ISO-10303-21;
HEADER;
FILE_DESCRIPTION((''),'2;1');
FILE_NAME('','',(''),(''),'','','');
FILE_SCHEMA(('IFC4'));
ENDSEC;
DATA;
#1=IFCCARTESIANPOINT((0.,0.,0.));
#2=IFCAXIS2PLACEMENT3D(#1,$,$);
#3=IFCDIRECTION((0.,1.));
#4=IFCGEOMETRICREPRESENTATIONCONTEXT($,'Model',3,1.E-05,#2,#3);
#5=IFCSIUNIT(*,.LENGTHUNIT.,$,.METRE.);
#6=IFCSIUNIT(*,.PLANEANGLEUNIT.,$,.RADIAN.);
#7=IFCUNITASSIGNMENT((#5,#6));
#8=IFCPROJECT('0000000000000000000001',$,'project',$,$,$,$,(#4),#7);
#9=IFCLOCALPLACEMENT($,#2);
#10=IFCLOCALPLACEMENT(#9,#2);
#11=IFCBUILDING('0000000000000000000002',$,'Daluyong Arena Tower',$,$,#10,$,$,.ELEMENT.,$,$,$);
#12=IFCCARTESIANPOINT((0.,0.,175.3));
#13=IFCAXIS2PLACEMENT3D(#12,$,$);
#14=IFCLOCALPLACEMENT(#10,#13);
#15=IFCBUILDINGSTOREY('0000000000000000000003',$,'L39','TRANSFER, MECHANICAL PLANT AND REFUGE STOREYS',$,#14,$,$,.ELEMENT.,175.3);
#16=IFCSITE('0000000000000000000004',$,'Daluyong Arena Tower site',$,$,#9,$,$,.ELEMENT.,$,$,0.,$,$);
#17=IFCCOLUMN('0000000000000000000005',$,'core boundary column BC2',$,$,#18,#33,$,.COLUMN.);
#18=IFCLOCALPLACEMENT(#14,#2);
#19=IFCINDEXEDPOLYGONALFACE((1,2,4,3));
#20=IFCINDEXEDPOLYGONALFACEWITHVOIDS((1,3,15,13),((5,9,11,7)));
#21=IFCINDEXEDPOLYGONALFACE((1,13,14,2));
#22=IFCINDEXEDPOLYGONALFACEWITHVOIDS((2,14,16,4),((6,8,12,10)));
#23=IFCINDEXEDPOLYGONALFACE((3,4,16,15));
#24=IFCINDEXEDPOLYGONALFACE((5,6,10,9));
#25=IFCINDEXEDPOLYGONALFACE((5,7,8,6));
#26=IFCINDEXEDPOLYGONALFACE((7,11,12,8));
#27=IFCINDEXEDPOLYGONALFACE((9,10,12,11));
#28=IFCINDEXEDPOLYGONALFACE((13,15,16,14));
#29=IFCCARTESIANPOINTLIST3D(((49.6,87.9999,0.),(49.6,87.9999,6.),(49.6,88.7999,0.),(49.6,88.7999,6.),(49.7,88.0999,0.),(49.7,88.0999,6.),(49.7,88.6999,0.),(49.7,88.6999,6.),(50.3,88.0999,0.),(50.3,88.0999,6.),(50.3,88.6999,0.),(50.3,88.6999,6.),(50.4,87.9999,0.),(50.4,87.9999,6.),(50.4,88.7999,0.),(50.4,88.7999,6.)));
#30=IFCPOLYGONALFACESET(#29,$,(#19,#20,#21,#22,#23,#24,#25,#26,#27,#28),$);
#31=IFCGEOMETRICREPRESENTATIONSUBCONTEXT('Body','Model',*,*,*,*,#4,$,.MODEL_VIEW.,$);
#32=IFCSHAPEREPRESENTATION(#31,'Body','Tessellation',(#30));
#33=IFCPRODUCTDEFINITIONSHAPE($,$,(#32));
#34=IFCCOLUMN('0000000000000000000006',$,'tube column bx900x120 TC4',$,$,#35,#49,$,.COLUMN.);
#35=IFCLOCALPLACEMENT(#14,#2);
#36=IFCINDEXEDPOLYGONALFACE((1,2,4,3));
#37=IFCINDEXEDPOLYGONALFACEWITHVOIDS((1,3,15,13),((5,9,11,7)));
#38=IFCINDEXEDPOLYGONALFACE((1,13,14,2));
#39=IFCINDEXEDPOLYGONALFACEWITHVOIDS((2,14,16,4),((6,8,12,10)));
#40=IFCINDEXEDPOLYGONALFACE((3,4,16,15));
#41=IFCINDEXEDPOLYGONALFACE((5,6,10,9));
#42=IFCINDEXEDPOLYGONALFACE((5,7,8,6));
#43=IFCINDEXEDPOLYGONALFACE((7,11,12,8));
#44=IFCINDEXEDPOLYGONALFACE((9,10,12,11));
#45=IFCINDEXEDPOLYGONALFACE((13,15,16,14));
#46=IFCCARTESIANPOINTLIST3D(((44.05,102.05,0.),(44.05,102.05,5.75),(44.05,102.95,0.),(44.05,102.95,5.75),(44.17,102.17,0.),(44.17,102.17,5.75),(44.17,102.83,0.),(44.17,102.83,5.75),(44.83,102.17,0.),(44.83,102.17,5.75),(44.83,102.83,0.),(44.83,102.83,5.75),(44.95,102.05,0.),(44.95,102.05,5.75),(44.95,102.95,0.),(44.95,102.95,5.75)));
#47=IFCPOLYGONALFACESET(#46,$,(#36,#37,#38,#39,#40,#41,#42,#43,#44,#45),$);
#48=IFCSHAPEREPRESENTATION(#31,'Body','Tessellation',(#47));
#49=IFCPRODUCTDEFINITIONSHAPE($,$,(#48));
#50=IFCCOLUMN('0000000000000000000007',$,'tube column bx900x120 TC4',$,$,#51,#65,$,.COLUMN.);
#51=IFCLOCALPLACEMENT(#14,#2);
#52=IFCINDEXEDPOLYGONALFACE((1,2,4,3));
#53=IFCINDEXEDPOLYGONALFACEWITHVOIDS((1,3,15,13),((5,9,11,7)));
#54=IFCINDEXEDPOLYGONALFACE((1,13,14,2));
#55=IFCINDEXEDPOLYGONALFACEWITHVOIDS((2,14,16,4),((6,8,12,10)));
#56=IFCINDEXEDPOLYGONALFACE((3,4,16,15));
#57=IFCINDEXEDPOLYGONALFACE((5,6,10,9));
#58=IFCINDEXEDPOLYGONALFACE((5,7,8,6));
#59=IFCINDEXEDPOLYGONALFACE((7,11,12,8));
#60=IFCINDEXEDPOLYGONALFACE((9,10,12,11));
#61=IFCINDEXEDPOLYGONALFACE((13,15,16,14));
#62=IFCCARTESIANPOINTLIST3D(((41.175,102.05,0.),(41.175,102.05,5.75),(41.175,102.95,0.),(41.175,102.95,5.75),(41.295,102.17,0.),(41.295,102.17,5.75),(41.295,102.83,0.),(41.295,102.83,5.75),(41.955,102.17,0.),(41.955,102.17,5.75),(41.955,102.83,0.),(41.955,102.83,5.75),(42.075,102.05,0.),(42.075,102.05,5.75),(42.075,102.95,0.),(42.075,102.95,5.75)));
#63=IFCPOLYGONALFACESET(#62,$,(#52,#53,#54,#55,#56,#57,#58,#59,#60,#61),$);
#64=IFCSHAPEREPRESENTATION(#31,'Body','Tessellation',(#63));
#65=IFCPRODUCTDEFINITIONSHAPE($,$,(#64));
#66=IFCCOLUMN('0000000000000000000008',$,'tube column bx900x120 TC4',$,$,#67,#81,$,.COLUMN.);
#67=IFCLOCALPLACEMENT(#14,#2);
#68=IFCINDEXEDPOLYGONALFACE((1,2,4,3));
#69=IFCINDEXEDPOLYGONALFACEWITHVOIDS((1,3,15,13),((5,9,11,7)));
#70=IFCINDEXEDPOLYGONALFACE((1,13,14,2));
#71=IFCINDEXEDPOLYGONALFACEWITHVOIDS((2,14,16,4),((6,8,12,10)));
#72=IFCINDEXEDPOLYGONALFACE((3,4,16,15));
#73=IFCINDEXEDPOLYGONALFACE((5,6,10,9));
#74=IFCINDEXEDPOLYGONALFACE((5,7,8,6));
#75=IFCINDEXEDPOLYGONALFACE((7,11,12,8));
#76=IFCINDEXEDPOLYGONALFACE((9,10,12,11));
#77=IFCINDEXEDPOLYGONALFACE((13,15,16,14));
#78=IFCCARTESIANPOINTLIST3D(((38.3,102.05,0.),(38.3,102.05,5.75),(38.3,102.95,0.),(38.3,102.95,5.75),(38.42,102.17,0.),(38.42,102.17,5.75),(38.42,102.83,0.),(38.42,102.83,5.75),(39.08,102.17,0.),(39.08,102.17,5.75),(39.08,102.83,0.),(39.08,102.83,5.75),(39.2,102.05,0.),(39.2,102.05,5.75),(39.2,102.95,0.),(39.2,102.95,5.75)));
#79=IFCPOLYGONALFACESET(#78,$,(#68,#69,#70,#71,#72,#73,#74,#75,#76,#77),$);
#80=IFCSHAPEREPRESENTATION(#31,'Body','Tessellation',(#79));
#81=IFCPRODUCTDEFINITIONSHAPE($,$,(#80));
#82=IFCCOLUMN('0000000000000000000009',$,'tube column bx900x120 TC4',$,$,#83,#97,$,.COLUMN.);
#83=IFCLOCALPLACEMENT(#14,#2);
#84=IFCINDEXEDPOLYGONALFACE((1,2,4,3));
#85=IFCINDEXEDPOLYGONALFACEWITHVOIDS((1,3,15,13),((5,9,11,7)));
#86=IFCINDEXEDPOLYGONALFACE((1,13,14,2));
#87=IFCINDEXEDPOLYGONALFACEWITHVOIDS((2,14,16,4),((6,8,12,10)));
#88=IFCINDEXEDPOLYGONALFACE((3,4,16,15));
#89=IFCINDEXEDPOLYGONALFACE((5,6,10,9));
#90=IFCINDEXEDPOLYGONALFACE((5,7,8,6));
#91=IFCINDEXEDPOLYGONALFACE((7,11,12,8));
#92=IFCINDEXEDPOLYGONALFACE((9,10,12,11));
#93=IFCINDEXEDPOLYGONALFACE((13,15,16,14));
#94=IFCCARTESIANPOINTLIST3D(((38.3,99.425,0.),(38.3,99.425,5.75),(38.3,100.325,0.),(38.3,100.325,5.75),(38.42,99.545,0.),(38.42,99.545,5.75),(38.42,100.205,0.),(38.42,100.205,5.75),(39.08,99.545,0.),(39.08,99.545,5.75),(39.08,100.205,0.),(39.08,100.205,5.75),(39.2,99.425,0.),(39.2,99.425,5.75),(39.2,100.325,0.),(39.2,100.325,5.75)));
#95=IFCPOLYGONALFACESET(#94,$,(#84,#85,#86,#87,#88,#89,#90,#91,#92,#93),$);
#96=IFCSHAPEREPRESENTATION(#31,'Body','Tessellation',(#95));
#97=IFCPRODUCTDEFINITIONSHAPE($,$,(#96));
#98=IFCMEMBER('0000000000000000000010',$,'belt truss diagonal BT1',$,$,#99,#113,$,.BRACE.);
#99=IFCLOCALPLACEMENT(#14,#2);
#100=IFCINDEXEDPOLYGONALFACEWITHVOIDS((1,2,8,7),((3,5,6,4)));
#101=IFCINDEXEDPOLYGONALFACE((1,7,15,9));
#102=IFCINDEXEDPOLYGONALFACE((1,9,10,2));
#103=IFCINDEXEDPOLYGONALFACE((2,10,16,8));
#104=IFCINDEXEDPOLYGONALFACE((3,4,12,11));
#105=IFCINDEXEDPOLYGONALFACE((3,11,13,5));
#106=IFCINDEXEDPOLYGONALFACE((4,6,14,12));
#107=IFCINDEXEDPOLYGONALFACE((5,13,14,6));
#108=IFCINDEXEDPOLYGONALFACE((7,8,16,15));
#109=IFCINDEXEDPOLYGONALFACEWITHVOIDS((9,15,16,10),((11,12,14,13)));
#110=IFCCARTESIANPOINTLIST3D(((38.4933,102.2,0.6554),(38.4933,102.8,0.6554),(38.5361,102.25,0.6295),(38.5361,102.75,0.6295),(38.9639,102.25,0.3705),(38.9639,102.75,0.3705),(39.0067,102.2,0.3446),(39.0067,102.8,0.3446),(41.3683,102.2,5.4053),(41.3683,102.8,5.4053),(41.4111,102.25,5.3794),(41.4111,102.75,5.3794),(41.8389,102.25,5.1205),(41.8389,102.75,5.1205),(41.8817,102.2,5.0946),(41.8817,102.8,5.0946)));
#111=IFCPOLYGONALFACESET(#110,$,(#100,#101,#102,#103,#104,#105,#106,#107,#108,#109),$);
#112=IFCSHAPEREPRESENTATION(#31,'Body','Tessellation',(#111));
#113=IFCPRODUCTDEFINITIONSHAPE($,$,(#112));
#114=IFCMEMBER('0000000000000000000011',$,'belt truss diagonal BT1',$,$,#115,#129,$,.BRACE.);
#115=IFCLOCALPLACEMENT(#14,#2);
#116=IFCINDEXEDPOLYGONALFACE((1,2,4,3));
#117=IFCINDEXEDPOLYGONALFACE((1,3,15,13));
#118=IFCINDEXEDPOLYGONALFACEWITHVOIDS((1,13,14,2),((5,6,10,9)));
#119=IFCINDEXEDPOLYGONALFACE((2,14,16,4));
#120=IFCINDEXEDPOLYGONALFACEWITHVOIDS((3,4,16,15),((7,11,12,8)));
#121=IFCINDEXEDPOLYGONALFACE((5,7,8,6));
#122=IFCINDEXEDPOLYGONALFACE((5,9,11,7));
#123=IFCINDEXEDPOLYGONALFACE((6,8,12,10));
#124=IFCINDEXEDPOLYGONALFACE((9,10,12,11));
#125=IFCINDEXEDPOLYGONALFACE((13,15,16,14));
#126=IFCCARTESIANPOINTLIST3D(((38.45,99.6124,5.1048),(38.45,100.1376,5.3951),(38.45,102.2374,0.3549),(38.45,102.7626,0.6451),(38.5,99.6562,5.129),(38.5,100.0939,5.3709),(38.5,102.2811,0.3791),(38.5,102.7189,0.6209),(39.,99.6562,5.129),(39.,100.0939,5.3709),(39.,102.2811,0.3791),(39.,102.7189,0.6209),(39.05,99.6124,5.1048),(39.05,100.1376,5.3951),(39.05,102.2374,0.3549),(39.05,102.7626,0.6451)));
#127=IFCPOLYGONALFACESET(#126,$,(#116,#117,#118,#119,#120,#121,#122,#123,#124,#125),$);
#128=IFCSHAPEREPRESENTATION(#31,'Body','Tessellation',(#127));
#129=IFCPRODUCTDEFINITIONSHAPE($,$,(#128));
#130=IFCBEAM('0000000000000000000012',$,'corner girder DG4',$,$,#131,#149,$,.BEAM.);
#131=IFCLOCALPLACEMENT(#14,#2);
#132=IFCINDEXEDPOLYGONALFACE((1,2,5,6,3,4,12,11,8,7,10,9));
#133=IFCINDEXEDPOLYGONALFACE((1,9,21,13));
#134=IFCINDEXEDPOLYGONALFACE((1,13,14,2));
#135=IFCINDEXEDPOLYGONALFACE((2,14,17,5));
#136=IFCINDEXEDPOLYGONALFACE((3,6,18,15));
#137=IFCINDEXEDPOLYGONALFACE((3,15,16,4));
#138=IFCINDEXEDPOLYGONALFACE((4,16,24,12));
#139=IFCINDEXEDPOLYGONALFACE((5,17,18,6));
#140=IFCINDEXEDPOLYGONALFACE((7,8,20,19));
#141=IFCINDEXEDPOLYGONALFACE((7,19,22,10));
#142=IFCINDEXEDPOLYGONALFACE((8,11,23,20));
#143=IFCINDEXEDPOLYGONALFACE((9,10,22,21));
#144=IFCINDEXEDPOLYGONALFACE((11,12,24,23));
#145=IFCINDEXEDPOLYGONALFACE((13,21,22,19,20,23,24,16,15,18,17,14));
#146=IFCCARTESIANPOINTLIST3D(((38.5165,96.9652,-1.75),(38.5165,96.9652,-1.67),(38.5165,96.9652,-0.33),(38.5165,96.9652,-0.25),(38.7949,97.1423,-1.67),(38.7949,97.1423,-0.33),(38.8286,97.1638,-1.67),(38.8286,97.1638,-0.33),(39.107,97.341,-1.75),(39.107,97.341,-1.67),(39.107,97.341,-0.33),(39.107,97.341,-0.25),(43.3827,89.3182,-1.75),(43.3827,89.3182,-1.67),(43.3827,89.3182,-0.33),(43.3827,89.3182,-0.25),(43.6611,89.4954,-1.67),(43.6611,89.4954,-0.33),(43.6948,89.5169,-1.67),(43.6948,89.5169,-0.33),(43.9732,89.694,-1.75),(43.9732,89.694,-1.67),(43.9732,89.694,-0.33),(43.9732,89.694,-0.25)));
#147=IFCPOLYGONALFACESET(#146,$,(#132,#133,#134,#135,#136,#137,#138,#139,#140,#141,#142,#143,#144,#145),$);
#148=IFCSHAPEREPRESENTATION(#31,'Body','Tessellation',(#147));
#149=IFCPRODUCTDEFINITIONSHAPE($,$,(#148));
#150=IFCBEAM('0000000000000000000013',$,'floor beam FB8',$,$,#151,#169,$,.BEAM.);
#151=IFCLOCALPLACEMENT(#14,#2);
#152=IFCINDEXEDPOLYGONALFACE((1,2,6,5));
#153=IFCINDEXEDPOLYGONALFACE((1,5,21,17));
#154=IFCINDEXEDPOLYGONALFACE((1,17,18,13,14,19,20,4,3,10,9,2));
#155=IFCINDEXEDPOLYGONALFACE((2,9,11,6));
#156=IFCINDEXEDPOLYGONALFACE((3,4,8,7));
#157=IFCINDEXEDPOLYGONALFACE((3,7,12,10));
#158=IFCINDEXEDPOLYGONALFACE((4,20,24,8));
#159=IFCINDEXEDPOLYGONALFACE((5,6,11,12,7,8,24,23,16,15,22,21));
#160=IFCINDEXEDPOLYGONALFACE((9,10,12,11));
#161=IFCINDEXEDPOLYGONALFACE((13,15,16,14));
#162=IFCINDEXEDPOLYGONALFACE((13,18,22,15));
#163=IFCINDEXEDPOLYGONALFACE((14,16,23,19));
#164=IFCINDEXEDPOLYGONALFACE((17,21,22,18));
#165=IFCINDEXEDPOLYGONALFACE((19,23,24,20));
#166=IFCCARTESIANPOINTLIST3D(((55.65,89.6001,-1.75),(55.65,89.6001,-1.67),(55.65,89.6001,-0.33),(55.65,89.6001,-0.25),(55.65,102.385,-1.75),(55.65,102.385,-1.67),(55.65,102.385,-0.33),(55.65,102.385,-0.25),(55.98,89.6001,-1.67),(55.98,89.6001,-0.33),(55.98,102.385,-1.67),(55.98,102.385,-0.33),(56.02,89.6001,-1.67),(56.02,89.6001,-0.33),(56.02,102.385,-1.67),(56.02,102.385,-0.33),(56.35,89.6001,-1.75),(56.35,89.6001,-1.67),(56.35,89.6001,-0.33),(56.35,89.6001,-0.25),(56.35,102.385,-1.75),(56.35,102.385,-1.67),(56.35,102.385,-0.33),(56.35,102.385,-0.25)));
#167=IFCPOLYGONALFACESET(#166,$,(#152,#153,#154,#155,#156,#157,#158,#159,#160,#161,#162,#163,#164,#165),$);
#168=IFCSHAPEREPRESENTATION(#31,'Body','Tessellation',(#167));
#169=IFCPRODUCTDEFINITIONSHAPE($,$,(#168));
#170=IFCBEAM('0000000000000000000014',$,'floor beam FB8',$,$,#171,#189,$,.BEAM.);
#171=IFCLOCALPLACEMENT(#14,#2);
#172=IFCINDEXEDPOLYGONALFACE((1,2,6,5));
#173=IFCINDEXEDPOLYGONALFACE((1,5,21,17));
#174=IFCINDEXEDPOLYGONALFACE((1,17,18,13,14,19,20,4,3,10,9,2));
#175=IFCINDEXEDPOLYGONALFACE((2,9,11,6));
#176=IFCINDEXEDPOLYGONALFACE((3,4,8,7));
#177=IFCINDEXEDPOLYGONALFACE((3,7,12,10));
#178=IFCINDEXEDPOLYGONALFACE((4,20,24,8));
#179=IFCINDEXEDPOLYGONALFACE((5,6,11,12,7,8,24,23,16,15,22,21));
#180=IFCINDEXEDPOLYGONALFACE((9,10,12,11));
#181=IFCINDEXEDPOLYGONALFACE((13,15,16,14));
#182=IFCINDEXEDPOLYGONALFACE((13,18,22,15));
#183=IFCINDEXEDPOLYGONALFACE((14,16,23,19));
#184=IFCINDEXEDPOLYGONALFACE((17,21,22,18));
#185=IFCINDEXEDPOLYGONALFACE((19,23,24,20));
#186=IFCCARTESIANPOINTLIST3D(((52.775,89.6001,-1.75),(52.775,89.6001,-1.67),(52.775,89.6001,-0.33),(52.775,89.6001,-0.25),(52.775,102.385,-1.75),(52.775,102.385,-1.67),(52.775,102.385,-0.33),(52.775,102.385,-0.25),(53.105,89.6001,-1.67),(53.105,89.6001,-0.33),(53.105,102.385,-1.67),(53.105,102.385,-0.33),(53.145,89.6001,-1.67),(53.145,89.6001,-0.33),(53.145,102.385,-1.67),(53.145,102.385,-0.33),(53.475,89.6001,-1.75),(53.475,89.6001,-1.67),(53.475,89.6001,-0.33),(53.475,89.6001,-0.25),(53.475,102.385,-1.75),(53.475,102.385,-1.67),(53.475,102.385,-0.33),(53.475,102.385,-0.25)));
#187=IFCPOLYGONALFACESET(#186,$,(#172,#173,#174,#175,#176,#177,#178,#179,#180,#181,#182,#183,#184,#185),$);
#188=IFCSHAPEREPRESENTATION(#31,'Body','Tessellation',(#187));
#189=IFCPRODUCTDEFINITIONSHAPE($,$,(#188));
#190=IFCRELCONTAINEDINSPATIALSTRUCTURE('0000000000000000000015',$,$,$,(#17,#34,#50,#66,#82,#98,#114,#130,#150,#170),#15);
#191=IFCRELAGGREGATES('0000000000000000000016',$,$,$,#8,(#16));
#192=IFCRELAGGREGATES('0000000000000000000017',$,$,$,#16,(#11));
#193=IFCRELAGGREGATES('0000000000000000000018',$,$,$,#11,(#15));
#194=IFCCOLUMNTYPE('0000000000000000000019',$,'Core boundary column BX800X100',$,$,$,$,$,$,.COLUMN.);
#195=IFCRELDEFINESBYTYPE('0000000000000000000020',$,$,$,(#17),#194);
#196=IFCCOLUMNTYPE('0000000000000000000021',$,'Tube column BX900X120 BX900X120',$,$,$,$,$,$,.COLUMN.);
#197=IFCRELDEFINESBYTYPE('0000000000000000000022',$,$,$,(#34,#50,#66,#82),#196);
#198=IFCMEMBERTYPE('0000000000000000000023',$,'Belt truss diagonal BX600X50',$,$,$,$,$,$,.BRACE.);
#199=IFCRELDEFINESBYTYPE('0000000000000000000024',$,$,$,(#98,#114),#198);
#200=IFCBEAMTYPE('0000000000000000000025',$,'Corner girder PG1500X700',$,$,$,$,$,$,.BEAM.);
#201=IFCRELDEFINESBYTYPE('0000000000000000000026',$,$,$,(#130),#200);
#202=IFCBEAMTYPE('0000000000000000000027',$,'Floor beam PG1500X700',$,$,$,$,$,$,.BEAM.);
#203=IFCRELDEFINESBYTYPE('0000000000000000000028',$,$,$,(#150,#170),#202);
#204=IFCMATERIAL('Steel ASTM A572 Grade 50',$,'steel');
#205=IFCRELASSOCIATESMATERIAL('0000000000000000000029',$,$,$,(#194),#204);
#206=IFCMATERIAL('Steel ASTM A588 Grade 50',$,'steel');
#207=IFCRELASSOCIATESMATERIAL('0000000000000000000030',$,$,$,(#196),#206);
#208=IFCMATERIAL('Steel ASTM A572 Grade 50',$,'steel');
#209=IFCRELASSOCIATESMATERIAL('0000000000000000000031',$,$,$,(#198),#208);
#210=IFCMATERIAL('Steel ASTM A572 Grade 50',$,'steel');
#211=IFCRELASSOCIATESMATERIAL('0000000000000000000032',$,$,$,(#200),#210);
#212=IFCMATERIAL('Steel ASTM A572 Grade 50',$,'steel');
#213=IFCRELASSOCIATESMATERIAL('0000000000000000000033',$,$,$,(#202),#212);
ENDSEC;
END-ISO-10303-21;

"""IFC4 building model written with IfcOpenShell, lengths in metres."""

from ifc_helpers import new_model, si_unit, direction, frame, origin, origin_2d, place, context, subcontext, project, spatial, hollow_rectangle, i_section, extrude, material, material_profile, profile_set, type_object, element, save


model = new_model("IFC4")

# Units and contexts
model_context = context("Model", 3, precision=1e-05, world=origin(), true_north=direction((0.0, 1.0)))
body_context = subcontext(model_context, "Body", "Model", "MODEL_VIEW")
ifc_project = project(units=[si_unit("LENGTHUNIT", "METRE"), si_unit("PLANEANGLEUNIT", "RADIAN")], contexts=[model_context])

# Site, building, storey
site_placement = place(None, origin())
site = spatial("IfcSite", under=ifc_project, at=site_placement, Name="Daluyong Arena Tower site", CompositionType="ELEMENT", RefElevation=0.0)
building_placement = place(site_placement, origin())
building = spatial("IfcBuilding", under=site, at=building_placement, Name="Daluyong Arena Tower", CompositionType="ELEMENT")
storey_placement = place(building_placement, frame((0.0, 0.0, 175.3)))
storey = spatial("IfcBuildingStorey", under=building, at=storey_placement, Name="L39", Description="TRANSFER, MECHANICAL PLANT AND REFUGE STOREYS", CompositionType="ELEMENT", Elevation=175.3)

# Columns
ifc_material_1 = material(Name="Steel ASTM A572 Grade 50", Category="steel")
ifc_material_profile_1 = material_profile(ifc_material_1, hollow_rectangle(XDim=0.8, YDim=0.8, WallThickness=0.1, at=origin_2d()))
ifc_profile_set_1 = profile_set([ifc_material_profile_1], Name="Steel ASTM A572 Grade 50")
column_type_1 = type_object("IfcColumnType", Name="Core boundary column BX800X100", PredefinedType="COLUMN", material=ifc_profile_set_1)
column_placement = place(storey_placement, frame((50.0, 88.3999, 0.0), z_axis=(0.0, 0.0, 1.0), x_axis=(1.0, 0.0, 0.0)))
element("IfcColumn", 1, at=column_placement, inside=storey, type_object=column_type_1, Name="core boundary column BC2", PredefinedType="COLUMN", context=body_context, shape_type="SweptSolid", body=[
    extrude(hollow_rectangle(XDim=0.8, YDim=0.8, WallThickness=0.1, at=origin_2d()), origin(), (0.0, 0.0, 1.0), 6.0),
])
ifc_material_2 = material(Name="Steel ASTM A588 Grade 50", Category="steel")
ifc_material_profile_2 = material_profile(ifc_material_2, hollow_rectangle(XDim=0.8999, YDim=0.8999, WallThickness=0.12, at=origin_2d()))
ifc_profile_set_2 = profile_set([ifc_material_profile_2], Name="Steel ASTM A588 Grade 50")
column_type_2 = type_object("IfcColumnType", Name="Tube column BX900X120 BX900X120", PredefinedType="COLUMN", material=ifc_profile_set_2)
for number, where, z_axis, x_axis, name in (
    (2, (44.5, 102.5, 0.0), (0.0, 0.0, 1.0), (1.0, 0.0, 0.0), "tube column bx900x120 TC4"),
    (3, (41.625, 102.5, 0.0), (0.0, 0.0, 1.0), (1.0, 0.0, 0.0), "tube column bx900x120 TC4"),
    (4, (38.75, 102.5, 0.0), (0.0, 0.0, 1.0), (0.0, 1.0, 0.0), "tube column bx900x120 TC4"),
    (5, (38.75, 99.875, 0.0), (0.0, 0.0, 1.0), (0.0, 1.0, 0.0), "tube column bx900x120 TC4"),
):
    element("IfcColumn", number, at=place(storey_placement, frame(where, z_axis=z_axis, x_axis=x_axis)), inside=storey, type_object=column_type_2, Name=name, PredefinedType="COLUMN", context=body_context, shape_type="SweptSolid", body=[
        extrude(hollow_rectangle(XDim=0.8999, YDim=0.8999, WallThickness=0.12, at=origin_2d()), origin(), (0.0, 0.0, 1.0), 5.75),
    ])

# Members
ifc_material_3 = material(Name="Steel ASTM A572 Grade 50", Category="steel")
ifc_material_profile_3 = material_profile(ifc_material_3, hollow_rectangle(XDim=0.6001, YDim=0.6001, WallThickness=0.05, at=origin_2d()))
ifc_profile_set_3 = profile_set([ifc_material_profile_3], Name="Steel ASTM A572 Grade 50")
member_type_1 = type_object("IfcMemberType", Name="Belt truss diagonal BX600X50", PredefinedType="BRACE", material=ifc_profile_set_3)
member_1_placement = place(storey_placement, frame((38.75, 102.5, 0.5), z_axis=(0.517803, 0.0, 0.8555), x_axis=(0.0, 1.0, 0.0)))
element("IfcMember", 6, at=member_1_placement, inside=storey, type_object=member_type_1, Name="belt truss diagonal BT1", PredefinedType="BRACE", context=body_context, shape_type="SweptSolid", body=[
    extrude(hollow_rectangle(XDim=0.6001, YDim=0.6001, WallThickness=0.05, at=origin_2d()), origin(), (0.0, 0.0, 1.0), 5.5522),
])
member_2_placement = place(storey_placement, frame((38.75, 102.5, 0.5), z_axis=(0.0, -0.483686, 0.875242), x_axis=(1.0, 0.0, 0.0)))
element("IfcMember", 7, at=member_2_placement, inside=storey, type_object=member_type_1, Name="belt truss diagonal BT1", PredefinedType="BRACE", context=body_context, shape_type="SweptSolid", body=[
    extrude(hollow_rectangle(XDim=0.6001, YDim=0.6001, WallThickness=0.05, at=origin_2d()), origin(), (0.0, 0.0, 1.0), 5.427),
])

# Beams
ifc_material_4 = material(Name="Steel ASTM A572 Grade 50", Category="steel")
ifc_material_profile_4 = material_profile(ifc_material_4, i_section(OverallWidth=0.7, OverallDepth=1.5, WebThickness=0.04, FlangeThickness=0.08, at=origin_2d()))
ifc_profile_set_4 = profile_set([ifc_material_profile_4], Name="Steel ASTM A572 Grade 50")
beam_type_1 = type_object("IfcBeamType", Name="Corner girder PG1500X700", PredefinedType="BEAM", material=ifc_profile_set_4)
beam_1_placement = place(storey_placement, frame((38.8118, 97.1531, -1.0), z_axis=(0.536872, -0.843664, 0.0), x_axis=(0.843664, 0.536872, 0.0)))
element("IfcBeam", 8, at=beam_1_placement, inside=storey, type_object=beam_type_1, Name="corner girder DG4", PredefinedType="BEAM", context=body_context, shape_type="SweptSolid", body=[
    extrude(i_section(OverallWidth=0.7, OverallDepth=1.5, WebThickness=0.04, FlangeThickness=0.08, at=origin_2d()), origin(), (0.0, 0.0, 1.0), 9.064),
])
ifc_material_5 = material(Name="Steel ASTM A572 Grade 50", Category="steel")
ifc_material_profile_5 = material_profile(ifc_material_5, i_section(OverallWidth=0.7, OverallDepth=1.5, WebThickness=0.04, FlangeThickness=0.08, at=origin_2d()))
ifc_profile_set_5 = profile_set([ifc_material_profile_5], Name="Steel ASTM A572 Grade 50")
beam_type_2 = type_object("IfcBeamType", Name="Floor beam PG1500X700", PredefinedType="BEAM", material=ifc_profile_set_5)
for number, where, z_axis, x_axis, name in (
    (9, (56.0, 102.385, -1.0), (0.0, -1.0, 0.0), (1.0, 0.0, 0.0), "floor beam FB8"),
    (10, (53.125, 102.385, -1.0), (0.0, -1.0, 0.0), (1.0, 0.0, 0.0), "floor beam FB8"),
):
    element("IfcBeam", number, at=place(storey_placement, frame(where, z_axis=z_axis, x_axis=x_axis)), inside=storey, type_object=beam_type_2, Name=name, PredefinedType="BEAM", context=body_context, shape_type="SweptSolid", body=[
        extrude(i_section(OverallWidth=0.7, OverallDepth=1.5, WebThickness=0.04, FlangeThickness=0.08, at=origin_2d()), origin(), (0.0, 0.0, 1.0), 12.7849),
    ])

save(model, "model.ifc")
